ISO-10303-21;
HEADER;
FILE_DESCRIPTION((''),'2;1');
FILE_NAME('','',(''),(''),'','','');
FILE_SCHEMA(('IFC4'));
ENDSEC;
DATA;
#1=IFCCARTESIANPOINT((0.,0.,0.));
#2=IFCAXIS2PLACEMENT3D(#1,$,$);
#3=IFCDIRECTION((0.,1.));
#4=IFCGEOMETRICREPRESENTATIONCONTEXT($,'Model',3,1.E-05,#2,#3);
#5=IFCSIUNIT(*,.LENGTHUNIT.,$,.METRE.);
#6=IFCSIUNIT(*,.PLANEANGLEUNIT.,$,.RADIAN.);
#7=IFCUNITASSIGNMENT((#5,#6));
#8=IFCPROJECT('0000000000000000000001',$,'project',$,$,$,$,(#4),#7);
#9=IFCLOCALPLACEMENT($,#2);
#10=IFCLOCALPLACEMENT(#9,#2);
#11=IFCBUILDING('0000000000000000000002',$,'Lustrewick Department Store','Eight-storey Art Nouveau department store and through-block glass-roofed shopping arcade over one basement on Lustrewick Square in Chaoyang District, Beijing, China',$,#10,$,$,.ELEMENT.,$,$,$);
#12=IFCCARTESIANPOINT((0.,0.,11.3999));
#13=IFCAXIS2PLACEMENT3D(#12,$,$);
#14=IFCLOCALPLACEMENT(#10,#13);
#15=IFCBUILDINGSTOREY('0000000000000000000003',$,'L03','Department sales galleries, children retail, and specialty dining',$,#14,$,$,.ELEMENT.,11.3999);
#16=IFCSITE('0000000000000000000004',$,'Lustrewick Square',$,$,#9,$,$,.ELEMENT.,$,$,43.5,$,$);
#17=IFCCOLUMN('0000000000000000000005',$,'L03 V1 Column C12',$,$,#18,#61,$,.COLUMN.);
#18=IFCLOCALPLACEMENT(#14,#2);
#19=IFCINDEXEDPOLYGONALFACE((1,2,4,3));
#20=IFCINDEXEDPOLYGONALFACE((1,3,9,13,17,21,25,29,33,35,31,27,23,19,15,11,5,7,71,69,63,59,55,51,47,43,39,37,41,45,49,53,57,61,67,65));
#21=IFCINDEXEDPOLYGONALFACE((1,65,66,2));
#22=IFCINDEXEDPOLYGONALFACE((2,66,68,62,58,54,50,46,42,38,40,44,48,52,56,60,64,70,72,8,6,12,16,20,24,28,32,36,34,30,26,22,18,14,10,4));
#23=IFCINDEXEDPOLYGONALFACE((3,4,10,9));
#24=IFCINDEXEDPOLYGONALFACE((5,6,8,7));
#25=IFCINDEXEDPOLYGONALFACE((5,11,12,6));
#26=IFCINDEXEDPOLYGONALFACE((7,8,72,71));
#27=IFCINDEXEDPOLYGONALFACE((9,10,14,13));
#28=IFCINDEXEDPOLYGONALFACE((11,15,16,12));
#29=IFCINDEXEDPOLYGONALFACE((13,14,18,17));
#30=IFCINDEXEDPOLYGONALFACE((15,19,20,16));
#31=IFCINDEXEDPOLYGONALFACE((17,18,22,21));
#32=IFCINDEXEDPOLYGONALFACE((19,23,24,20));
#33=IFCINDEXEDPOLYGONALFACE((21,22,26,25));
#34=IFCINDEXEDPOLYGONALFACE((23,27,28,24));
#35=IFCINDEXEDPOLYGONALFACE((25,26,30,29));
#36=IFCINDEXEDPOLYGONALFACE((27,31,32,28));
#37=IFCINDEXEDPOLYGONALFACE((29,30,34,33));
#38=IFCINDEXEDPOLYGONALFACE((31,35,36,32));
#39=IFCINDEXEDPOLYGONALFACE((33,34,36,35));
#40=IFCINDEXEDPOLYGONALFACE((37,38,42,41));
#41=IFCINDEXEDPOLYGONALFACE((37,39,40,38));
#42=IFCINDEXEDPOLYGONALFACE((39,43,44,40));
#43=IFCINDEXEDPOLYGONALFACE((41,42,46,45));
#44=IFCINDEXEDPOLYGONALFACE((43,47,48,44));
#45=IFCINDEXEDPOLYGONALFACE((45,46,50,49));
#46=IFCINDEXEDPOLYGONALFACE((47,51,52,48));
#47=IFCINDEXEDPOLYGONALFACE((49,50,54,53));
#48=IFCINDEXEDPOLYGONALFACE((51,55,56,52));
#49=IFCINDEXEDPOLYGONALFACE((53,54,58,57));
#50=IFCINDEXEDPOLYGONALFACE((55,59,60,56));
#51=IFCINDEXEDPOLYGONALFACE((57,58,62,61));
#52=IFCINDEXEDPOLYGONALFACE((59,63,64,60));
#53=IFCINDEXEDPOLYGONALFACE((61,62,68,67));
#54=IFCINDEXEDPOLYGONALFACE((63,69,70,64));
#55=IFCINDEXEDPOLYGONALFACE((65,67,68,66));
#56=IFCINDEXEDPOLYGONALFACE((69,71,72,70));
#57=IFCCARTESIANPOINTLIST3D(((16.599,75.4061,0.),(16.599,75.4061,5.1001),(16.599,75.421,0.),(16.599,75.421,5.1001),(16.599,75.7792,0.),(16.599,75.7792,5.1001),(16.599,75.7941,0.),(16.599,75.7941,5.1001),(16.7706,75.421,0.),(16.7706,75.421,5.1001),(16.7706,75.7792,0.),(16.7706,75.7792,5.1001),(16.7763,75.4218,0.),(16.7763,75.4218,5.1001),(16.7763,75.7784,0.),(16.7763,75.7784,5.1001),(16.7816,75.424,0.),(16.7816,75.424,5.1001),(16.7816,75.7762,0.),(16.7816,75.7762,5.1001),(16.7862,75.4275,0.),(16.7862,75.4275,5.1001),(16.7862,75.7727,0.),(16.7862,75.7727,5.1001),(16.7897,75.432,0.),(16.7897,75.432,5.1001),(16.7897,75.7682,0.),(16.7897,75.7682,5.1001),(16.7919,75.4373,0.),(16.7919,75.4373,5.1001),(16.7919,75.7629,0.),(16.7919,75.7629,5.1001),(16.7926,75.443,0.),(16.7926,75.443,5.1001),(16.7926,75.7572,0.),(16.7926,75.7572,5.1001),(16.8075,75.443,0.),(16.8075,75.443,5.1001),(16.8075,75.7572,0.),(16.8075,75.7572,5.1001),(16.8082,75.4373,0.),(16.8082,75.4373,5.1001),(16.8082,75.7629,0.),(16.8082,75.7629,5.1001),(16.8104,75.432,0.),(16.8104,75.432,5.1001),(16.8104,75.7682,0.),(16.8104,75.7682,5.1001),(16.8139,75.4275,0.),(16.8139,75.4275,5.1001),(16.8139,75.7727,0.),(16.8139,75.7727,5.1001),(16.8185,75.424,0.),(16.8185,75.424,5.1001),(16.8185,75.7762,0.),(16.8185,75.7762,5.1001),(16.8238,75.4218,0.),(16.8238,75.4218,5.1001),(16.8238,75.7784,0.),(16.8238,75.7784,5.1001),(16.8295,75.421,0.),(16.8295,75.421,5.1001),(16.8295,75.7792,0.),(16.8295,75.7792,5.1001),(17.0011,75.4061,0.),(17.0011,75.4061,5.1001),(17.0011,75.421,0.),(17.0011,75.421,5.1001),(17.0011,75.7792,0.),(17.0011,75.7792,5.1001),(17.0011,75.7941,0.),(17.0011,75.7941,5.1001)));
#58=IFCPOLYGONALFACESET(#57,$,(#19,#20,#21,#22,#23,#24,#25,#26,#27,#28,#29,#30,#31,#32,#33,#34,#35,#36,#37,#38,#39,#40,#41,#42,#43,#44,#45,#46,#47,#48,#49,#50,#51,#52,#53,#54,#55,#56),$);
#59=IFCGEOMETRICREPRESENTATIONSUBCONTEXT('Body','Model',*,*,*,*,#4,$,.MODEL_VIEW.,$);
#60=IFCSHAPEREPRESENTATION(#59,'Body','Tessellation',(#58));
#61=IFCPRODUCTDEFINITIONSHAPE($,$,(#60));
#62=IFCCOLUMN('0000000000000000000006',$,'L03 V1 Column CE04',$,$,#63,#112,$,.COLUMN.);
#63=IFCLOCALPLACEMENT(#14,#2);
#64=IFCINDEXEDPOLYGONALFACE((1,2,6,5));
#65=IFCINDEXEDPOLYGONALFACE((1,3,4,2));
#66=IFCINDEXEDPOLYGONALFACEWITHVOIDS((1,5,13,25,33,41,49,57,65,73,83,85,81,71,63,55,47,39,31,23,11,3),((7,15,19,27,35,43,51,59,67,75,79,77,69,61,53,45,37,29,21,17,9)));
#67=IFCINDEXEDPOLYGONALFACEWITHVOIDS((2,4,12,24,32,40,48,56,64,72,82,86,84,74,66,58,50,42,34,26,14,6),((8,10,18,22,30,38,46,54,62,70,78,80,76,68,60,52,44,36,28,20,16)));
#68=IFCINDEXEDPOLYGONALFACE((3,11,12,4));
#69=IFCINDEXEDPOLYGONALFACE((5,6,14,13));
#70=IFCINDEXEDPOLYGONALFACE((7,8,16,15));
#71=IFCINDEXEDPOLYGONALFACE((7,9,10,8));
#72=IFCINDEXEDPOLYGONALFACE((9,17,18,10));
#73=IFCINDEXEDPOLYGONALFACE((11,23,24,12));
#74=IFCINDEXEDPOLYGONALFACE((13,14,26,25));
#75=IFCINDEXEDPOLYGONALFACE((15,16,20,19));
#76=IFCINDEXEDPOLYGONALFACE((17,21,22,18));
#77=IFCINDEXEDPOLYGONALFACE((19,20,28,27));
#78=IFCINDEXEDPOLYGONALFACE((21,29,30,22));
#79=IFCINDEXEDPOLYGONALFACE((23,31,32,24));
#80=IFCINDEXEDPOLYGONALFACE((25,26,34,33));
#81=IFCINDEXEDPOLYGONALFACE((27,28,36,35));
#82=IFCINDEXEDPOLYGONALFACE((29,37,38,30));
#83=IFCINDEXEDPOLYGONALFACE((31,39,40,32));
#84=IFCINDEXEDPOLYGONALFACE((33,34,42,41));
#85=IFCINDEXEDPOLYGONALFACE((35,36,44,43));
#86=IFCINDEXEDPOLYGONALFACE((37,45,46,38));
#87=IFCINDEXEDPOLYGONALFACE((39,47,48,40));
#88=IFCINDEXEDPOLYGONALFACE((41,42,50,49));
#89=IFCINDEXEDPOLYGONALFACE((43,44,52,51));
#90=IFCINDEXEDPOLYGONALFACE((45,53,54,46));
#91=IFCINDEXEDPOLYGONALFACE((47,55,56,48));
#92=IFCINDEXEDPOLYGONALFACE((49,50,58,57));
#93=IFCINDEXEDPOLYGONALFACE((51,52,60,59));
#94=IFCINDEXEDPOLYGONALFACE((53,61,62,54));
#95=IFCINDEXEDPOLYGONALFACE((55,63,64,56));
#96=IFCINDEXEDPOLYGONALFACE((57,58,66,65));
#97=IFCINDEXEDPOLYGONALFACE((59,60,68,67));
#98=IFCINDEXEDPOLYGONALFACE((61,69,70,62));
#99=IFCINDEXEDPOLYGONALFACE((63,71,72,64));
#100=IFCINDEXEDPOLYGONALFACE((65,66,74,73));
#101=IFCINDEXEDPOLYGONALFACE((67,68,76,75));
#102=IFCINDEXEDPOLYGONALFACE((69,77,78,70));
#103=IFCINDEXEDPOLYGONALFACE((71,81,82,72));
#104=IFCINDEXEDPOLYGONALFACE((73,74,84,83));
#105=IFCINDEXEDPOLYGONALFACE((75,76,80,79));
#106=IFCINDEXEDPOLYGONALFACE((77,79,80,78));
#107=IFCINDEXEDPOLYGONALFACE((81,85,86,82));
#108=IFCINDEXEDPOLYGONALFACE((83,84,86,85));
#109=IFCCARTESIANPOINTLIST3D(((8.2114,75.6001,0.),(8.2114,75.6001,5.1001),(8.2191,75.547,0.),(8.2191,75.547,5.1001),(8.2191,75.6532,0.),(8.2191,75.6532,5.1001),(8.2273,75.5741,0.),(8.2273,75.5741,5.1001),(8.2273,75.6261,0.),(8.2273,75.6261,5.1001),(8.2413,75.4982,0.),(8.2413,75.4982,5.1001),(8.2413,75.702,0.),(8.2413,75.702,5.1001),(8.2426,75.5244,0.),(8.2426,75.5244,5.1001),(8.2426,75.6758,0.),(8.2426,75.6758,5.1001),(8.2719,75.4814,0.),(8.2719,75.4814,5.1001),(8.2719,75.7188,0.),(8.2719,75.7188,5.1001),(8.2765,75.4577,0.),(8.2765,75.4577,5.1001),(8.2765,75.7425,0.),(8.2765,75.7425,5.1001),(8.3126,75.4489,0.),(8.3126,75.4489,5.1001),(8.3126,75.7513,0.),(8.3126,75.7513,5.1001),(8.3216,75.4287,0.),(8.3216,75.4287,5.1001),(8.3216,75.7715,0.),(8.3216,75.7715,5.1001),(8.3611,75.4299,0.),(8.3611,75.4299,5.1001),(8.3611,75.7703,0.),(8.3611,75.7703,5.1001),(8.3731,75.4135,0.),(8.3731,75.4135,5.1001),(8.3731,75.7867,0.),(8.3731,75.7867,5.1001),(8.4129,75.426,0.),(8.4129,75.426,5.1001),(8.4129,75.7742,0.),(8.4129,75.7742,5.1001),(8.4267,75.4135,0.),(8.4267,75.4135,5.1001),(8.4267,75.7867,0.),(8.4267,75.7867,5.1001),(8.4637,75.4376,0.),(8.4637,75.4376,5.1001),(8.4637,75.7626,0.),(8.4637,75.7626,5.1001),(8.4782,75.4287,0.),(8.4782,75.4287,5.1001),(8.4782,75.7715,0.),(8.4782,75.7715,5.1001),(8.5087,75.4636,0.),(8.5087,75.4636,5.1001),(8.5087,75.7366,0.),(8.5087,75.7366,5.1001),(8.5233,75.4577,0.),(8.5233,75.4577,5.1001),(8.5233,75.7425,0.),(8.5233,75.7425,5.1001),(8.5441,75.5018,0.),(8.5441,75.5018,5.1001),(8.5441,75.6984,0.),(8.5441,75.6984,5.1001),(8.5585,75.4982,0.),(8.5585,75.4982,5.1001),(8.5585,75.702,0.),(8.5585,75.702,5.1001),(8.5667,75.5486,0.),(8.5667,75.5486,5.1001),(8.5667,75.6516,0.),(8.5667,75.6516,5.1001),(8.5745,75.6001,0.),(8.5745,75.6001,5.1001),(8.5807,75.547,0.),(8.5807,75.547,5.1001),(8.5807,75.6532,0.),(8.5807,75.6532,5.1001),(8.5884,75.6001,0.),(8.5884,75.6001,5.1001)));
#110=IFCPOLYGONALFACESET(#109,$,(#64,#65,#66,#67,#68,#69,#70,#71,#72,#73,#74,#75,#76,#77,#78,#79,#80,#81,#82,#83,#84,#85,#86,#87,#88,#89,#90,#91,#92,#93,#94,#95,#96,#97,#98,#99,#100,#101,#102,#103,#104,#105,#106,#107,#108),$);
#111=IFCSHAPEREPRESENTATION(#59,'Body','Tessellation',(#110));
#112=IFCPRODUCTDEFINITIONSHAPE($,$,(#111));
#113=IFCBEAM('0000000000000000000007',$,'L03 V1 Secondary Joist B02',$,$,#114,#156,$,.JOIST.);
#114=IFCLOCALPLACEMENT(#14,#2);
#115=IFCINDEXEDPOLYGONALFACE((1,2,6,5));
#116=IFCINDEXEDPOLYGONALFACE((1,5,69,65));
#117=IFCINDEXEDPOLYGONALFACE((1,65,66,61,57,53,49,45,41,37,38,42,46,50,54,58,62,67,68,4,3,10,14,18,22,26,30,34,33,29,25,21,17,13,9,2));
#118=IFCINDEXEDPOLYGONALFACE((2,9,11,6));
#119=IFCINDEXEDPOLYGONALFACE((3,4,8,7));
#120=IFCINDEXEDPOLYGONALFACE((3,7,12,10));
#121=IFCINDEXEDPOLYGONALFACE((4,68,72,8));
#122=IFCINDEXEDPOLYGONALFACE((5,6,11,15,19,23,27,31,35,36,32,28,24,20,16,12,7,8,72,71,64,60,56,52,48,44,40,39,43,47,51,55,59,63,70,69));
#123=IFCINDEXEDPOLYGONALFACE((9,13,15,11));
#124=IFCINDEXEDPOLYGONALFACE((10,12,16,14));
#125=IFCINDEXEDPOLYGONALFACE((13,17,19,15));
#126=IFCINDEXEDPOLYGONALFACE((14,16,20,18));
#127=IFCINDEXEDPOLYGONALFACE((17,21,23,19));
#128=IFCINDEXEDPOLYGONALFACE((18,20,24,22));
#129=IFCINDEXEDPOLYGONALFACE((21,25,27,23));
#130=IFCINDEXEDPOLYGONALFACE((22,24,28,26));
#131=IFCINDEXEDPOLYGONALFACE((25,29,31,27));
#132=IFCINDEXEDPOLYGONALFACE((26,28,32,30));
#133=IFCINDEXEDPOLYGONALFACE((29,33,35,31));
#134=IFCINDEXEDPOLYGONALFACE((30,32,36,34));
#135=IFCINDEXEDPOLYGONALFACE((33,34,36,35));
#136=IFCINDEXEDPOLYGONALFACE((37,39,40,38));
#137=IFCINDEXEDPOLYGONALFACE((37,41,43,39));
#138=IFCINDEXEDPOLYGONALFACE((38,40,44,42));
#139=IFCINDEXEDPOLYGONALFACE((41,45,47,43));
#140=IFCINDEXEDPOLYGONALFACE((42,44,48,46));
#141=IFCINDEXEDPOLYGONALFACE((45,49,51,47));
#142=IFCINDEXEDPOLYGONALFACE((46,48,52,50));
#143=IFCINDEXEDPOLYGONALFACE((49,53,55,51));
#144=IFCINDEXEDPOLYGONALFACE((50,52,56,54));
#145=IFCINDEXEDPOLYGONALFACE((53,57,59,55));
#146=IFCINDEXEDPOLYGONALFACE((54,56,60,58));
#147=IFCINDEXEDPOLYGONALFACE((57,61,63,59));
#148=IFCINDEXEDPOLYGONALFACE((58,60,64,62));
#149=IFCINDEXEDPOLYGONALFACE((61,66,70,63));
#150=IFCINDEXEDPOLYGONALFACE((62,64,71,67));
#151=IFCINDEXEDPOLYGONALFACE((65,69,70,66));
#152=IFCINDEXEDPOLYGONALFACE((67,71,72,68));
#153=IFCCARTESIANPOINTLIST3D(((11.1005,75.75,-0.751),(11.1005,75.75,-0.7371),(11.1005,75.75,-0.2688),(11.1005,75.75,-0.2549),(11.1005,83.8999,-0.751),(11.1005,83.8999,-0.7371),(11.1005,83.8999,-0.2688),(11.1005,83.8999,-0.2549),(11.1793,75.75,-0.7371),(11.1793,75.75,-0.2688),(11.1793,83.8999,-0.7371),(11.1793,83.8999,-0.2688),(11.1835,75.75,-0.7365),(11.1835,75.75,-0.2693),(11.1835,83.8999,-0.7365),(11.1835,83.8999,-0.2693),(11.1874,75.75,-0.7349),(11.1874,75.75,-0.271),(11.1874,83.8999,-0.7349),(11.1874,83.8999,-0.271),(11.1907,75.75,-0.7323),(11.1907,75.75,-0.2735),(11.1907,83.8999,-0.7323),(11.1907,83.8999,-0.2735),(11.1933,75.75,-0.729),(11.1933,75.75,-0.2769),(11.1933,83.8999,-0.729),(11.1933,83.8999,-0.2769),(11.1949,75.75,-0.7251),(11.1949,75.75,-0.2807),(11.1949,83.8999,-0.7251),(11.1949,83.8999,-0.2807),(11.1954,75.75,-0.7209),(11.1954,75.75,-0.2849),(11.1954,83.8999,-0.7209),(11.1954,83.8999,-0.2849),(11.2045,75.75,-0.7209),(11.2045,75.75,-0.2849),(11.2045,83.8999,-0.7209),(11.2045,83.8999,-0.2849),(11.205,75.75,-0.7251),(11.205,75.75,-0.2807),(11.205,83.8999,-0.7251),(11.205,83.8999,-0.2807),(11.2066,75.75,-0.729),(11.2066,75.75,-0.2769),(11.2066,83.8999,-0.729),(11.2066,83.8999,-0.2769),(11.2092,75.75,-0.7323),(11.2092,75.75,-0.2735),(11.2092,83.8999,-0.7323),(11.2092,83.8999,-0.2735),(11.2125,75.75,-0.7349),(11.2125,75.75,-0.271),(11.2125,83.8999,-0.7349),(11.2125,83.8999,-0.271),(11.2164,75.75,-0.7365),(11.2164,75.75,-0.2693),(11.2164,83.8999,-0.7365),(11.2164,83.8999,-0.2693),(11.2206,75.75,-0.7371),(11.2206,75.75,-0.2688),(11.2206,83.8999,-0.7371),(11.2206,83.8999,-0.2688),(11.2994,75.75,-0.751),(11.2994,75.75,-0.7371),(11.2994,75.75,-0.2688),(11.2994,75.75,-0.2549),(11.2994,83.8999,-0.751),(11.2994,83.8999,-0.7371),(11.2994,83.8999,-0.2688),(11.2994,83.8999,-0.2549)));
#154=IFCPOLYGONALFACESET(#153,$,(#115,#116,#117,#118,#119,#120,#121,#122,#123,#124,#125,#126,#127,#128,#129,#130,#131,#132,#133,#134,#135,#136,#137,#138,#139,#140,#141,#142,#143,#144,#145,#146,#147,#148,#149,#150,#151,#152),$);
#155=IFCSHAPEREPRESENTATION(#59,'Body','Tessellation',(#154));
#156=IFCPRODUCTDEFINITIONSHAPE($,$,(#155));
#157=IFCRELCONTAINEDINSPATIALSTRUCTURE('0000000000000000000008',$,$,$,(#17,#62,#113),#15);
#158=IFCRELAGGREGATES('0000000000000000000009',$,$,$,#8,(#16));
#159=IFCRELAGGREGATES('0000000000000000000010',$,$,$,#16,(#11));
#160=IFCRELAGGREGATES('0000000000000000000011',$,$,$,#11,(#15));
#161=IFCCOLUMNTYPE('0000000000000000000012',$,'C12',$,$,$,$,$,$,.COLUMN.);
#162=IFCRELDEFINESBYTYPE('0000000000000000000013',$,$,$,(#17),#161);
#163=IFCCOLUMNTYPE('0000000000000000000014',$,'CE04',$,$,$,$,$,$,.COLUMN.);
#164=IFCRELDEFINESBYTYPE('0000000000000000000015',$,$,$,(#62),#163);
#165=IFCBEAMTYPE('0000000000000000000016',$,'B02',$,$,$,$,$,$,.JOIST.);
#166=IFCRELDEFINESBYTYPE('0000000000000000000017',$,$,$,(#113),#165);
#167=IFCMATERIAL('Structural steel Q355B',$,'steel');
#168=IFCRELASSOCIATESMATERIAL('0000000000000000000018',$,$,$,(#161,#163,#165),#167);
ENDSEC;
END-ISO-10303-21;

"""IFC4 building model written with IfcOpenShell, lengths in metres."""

from ifc_helpers import new_model, si_unit, direction, frame, origin, origin_2d, place, context, subcontext, project, spatial, hollow_circle, i_section, extrude, material, material_profile, profile_set, type_object, element, save


model = new_model("IFC4")

# Units and contexts
model_context = context("Model", 3, precision=1e-05, world=origin(), true_north=direction((0.0, 1.0)))
body_context = subcontext(model_context, "Body", "Model", "MODEL_VIEW")
ifc_project = project(units=[si_unit("LENGTHUNIT", "METRE"), si_unit("PLANEANGLEUNIT", "RADIAN")], contexts=[model_context])

# Site, building, storey
site_placement = place(None, origin())
site = spatial("IfcSite", under=ifc_project, at=site_placement, Name="Lustrewick Square", CompositionType="ELEMENT", RefElevation=43.5)
building_placement = place(site_placement, origin())
building = spatial("IfcBuilding", under=site, at=building_placement, Name="Lustrewick Department Store", Description="Eight-storey Art Nouveau department store and through-block glass-roofed shopping arcade over one basement on Lustrewick Square in Chaoyang District, Beijing, China", CompositionType="ELEMENT")
storey_placement = place(building_placement, frame((0.0, 0.0, 11.3999)))
storey = spatial("IfcBuildingStorey", under=building, at=storey_placement, Name="L03", Description="Department sales galleries, children retail, and specialty dining", CompositionType="ELEMENT", Elevation=11.3999)

# Columns
ifc_material_1 = material(Name="Structural steel Q355B", Category="steel")
ifc_material_profile_1 = material_profile(ifc_material_1, i_section(OverallWidth=0.4021, OverallDepth=0.3879, WebThickness=0.0149, FlangeThickness=0.0149, FilletRadius=0.022, at=origin_2d()), Name="HW 388x402x15x15")
ifc_profile_set_1 = profile_set([ifc_material_profile_1], Name="Structural steel Q355B")
column_type_1 = type_object("IfcColumnType", Name="C12", PredefinedType="COLUMN", material=ifc_profile_set_1)
column_1_placement = place(storey_placement, frame((16.8, 75.6001, 0.0), z_axis=(0.0, 0.0, 1.0), x_axis=(1.0, 0.0, 0.0)))
element("IfcColumn", 1, at=column_1_placement, inside=storey, type_object=column_type_1, Name="L03 V1 Column C12", PredefinedType="COLUMN", context=body_context, shape_type="SweptSolid", body=[
    extrude(i_section(OverallWidth=0.4021, OverallDepth=0.3879, WebThickness=0.0149, FlangeThickness=0.0149, FilletRadius=0.022, at=origin_2d()), origin(), (0.0, 0.0, 1.0), 5.1001),
])
ifc_material_profile_2 = material_profile(ifc_material_1, hollow_circle(Radius=0.1885, WallThickness=0.0139, at=origin_2d()), Name="CHS 377x14")
ifc_profile_set_2 = profile_set([ifc_material_profile_2], Name="Structural steel Q355B")
column_type_2 = type_object("IfcColumnType", Name="CE04", PredefinedType="COLUMN", material=ifc_profile_set_2)
column_2_placement = place(storey_placement, frame((8.3999, 75.6001, 0.0), z_axis=(0.0, 0.0, 1.0), x_axis=(1.0, 0.0, 0.0)))
element("IfcColumn", 2, at=column_2_placement, inside=storey, type_object=column_type_2, Name="L03 V1 Column CE04", PredefinedType="COLUMN", context=body_context, shape_type="SweptSolid", body=[
    extrude(hollow_circle(Radius=0.1885, WallThickness=0.0139, at=origin_2d()), origin(), (0.0, 0.0, 1.0), 5.1001),
])

# Beam
ifc_material_profile_3 = material_profile(ifc_material_1, i_section(OverallWidth=0.199, OverallDepth=0.4961, WebThickness=0.009, FlangeThickness=0.0139, FilletRadius=0.0161, at=origin_2d()), Name="HN 496x199x9x14")
ifc_profile_set_3 = profile_set([ifc_material_profile_3], Name="Structural steel Q355B")
beam_type_1 = type_object("IfcBeamType", Name="B02", PredefinedType="JOIST", material=ifc_profile_set_3)
beam_1_placement = place(storey_placement, frame((11.2, 75.75, -0.5029), z_axis=(0.0, 1.0, 0.0), x_axis=(-1.0, 0.0, 0.0)))
element("IfcBeam", 3, at=beam_1_placement, inside=storey, type_object=beam_type_1, Name="L03 V1 Secondary Joist B02", PredefinedType="JOIST", context=body_context, shape_type="SweptSolid", body=[
    extrude(i_section(OverallWidth=0.199, OverallDepth=0.4961, WebThickness=0.009, FlangeThickness=0.0139, FilletRadius=0.0161, at=origin_2d()), origin(), (0.0, 0.0, 1.0), 8.1499),
])

save(model, "model.ifc")
